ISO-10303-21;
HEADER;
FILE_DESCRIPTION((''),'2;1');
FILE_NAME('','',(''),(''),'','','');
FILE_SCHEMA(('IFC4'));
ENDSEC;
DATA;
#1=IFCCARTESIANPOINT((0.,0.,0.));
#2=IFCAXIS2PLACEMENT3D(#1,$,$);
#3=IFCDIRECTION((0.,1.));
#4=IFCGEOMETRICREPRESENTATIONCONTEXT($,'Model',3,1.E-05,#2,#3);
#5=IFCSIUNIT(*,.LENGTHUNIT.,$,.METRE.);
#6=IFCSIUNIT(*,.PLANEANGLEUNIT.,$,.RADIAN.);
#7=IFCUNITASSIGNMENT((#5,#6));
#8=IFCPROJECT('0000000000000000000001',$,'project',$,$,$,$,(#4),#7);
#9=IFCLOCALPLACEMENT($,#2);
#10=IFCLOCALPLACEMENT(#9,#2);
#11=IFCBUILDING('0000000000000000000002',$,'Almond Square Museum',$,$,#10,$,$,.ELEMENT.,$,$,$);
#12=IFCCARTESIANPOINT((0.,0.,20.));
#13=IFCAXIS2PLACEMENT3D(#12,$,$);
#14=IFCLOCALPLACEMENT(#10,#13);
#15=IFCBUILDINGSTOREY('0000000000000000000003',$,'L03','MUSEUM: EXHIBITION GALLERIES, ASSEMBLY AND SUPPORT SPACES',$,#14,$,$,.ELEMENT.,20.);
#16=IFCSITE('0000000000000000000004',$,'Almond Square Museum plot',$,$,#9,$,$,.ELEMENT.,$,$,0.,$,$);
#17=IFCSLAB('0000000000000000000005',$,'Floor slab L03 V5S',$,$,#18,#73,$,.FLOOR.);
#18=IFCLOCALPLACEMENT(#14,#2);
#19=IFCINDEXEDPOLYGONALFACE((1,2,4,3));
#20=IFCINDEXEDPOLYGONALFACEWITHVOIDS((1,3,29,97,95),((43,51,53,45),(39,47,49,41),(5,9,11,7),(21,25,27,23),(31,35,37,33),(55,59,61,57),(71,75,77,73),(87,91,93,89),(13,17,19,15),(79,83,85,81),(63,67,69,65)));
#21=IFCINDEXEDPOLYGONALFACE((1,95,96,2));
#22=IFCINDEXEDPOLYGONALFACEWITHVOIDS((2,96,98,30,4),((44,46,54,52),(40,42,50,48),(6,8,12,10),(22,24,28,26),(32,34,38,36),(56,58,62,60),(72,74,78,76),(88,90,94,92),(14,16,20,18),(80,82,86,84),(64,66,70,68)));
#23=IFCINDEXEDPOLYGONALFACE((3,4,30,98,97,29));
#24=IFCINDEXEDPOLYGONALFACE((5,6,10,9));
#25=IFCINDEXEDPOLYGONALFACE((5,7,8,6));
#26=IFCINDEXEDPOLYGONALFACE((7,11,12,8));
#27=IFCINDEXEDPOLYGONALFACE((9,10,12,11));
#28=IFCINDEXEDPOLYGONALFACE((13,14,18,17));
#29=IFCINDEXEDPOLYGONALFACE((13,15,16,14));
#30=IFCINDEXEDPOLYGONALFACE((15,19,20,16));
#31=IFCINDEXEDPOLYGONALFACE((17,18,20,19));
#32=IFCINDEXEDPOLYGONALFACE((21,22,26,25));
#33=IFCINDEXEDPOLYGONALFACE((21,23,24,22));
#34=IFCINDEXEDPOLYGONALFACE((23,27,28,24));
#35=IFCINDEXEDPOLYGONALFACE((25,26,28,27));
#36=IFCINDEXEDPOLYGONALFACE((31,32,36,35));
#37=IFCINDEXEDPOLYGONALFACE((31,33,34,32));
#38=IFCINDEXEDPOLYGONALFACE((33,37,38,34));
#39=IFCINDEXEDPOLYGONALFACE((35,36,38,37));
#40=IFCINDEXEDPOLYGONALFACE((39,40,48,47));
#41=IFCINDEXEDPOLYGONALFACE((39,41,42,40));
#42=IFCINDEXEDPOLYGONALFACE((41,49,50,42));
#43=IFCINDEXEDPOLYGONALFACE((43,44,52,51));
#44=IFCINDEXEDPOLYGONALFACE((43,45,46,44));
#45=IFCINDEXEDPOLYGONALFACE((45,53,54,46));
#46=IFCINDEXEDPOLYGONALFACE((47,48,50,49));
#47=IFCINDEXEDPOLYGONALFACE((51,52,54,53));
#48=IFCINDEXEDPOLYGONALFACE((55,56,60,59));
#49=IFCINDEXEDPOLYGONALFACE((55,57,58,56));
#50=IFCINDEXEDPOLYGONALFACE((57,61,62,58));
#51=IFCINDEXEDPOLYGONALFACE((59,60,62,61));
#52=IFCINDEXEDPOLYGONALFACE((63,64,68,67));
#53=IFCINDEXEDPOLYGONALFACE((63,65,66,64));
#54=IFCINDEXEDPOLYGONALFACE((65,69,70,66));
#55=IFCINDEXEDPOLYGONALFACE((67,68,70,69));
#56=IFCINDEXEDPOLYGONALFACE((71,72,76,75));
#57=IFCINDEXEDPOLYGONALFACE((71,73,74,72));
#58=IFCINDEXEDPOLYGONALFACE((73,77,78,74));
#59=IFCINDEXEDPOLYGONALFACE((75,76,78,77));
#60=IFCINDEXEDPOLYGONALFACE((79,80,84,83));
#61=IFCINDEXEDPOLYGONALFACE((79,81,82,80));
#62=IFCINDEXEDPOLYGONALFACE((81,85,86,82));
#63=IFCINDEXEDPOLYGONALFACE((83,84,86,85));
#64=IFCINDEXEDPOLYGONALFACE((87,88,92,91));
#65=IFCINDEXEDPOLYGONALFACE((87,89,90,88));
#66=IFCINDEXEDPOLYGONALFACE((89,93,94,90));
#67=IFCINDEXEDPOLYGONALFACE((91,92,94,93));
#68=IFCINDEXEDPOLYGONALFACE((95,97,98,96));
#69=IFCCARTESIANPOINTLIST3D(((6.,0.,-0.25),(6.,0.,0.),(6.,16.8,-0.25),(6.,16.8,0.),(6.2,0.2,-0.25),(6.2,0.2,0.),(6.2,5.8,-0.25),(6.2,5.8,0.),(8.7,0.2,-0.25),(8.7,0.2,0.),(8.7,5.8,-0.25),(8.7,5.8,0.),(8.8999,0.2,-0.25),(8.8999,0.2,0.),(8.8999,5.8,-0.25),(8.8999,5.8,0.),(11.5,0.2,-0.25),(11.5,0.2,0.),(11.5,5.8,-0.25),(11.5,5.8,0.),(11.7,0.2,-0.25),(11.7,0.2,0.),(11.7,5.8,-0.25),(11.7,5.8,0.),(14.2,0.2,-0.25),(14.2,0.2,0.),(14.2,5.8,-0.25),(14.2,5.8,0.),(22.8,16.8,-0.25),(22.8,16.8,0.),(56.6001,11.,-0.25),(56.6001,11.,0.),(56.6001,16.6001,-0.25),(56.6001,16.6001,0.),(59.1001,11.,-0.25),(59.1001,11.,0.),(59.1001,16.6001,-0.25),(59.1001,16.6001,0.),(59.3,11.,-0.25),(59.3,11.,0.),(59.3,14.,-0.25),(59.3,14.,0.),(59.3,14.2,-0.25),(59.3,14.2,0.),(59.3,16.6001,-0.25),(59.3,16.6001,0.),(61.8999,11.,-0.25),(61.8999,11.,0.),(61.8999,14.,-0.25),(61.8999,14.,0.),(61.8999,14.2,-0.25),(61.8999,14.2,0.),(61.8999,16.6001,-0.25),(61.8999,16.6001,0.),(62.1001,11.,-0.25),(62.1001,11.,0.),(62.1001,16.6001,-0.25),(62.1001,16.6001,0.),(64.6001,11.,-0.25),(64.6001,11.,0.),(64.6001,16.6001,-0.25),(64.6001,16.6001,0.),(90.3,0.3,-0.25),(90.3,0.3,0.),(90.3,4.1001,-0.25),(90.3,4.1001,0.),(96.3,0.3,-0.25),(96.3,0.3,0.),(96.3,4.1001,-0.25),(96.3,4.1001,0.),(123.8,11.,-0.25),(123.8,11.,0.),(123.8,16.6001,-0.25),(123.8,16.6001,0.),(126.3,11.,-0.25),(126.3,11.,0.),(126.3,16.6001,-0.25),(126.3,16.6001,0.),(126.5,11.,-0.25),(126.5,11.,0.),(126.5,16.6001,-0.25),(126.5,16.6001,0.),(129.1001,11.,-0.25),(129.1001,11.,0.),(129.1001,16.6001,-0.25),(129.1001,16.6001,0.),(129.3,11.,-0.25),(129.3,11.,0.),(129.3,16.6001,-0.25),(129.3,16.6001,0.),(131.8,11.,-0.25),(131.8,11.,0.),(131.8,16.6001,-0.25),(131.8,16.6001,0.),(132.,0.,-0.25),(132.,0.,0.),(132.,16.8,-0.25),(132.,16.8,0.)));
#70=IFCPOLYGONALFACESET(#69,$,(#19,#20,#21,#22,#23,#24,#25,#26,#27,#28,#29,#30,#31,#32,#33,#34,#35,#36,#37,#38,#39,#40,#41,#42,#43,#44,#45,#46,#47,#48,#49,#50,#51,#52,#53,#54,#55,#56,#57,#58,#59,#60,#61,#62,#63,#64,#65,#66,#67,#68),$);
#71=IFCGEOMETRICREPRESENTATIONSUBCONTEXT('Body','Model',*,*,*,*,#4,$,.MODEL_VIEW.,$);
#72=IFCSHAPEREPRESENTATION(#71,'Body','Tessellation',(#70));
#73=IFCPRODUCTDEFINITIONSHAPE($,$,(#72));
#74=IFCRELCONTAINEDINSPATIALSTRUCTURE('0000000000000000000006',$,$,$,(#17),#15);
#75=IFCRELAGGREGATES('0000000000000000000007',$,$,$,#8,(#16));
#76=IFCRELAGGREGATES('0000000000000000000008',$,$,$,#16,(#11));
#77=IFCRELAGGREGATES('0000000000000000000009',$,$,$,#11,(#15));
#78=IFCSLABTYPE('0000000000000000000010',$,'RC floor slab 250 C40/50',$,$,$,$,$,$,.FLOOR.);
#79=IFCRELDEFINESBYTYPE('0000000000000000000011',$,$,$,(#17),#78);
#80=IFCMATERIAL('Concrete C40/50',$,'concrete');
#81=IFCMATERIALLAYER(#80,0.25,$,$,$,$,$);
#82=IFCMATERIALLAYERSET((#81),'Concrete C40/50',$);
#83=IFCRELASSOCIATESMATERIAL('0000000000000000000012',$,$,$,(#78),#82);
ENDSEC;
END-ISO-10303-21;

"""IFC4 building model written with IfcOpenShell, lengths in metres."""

from ifc_helpers import new_model, si_unit, direction, frame, origin, place, context, subcontext, project, spatial, polyline, outline, extrude, material, layer, layer_set, type_object, element, save


model = new_model("IFC4")

# Units and contexts
model_context = context("Model", 3, precision=1e-05, world=origin(), true_north=direction((0.0, 1.0)))
body_context = subcontext(model_context, "Body", "Model", "MODEL_VIEW")
ifc_project = project(units=[si_unit("LENGTHUNIT", "METRE"), si_unit("PLANEANGLEUNIT", "RADIAN")], contexts=[model_context])

# Site, building, storey
site_placement = place(None, origin())
site = spatial("IfcSite", under=ifc_project, at=site_placement, Name="Almond Square Museum plot", CompositionType="ELEMENT", RefElevation=0.0)
building_placement = place(site_placement, origin())
building = spatial("IfcBuilding", under=site, at=building_placement, Name="Almond Square Museum", CompositionType="ELEMENT")
storey_placement = place(building_placement, frame((0.0, 0.0, 20.0)))
storey = spatial("IfcBuildingStorey", under=building, at=storey_placement, Name="L03", Description="MUSEUM: EXHIBITION GALLERIES, ASSEMBLY AND SUPPORT SPACES", CompositionType="ELEMENT", Elevation=20.0)

# Slab
ifc_material_1 = material(Name="Concrete C40/50", Category="concrete")
ifc_layer_1 = layer(ifc_material_1, 0.25)
ifc_layer_set_1 = layer_set([ifc_layer_1], Name="Concrete C40/50")
slab_type_1 = type_object("IfcSlabType", Name="RC floor slab 250 C40/50", PredefinedType="FLOOR", material=ifc_layer_set_1)
slab_1_placement = place(storey_placement, frame((0.0, 0.0, -0.25)))
element("IfcSlab", 1, at=slab_1_placement, inside=storey, type_object=slab_type_1, Name="Floor slab L03 V5S", PredefinedType="FLOOR", context=body_context, shape_type="SweptSolid", body=[
    extrude(outline(polyline([(22.8, 16.8), (132.0, 16.8), (132.0, 0.0), (6.0, 0.0), (6.0, 16.8), (22.8, 16.8)]), holes=[polyline([(8.7, 0.2), (8.7, 5.8), (6.2, 5.8), (6.2, 0.2), (8.7, 0.2)]), polyline([(8.8999, 0.2), (11.5, 0.2), (11.5, 5.8), (8.8999, 5.8), (8.8999, 0.2)]), polyline([(11.7, 0.2), (14.2, 0.2), (14.2, 5.8), (11.7, 5.8), (11.7, 0.2)]), polyline([(61.8999, 11.0), (61.8999, 14.0), (59.3, 14.0), (59.3, 11.0), (61.8999, 11.0)]), polyline([(56.6001, 11.0), (59.1001, 11.0), (59.1001, 16.6001), (56.6001, 16.6001), (56.6001, 11.0)]), polyline([(59.3, 14.2), (61.8999, 14.2), (61.8999, 16.6001), (59.3, 16.6001), (59.3, 14.2)]), polyline([(90.3, 0.3), (96.3, 0.3), (96.3, 4.1001), (90.3, 4.1001), (90.3, 0.3)]), polyline([(62.1001, 11.0), (64.6001, 11.0), (64.6001, 16.6001), (62.1001, 16.6001), (62.1001, 11.0)]), polyline([(123.8, 11.0), (126.3, 11.0), (126.3, 16.6001), (123.8, 16.6001), (123.8, 11.0)]), polyline([(129.1001, 11.0), (129.1001, 16.6001), (126.5, 16.6001), (126.5, 11.0), (129.1001, 11.0)]), polyline([(129.3, 11.0), (131.8, 11.0), (131.8, 16.6001), (129.3, 16.6001), (129.3, 11.0)])]), origin(), (0.0, 0.0, 1.0), 0.25),
])

save(model, "model.ifc")
